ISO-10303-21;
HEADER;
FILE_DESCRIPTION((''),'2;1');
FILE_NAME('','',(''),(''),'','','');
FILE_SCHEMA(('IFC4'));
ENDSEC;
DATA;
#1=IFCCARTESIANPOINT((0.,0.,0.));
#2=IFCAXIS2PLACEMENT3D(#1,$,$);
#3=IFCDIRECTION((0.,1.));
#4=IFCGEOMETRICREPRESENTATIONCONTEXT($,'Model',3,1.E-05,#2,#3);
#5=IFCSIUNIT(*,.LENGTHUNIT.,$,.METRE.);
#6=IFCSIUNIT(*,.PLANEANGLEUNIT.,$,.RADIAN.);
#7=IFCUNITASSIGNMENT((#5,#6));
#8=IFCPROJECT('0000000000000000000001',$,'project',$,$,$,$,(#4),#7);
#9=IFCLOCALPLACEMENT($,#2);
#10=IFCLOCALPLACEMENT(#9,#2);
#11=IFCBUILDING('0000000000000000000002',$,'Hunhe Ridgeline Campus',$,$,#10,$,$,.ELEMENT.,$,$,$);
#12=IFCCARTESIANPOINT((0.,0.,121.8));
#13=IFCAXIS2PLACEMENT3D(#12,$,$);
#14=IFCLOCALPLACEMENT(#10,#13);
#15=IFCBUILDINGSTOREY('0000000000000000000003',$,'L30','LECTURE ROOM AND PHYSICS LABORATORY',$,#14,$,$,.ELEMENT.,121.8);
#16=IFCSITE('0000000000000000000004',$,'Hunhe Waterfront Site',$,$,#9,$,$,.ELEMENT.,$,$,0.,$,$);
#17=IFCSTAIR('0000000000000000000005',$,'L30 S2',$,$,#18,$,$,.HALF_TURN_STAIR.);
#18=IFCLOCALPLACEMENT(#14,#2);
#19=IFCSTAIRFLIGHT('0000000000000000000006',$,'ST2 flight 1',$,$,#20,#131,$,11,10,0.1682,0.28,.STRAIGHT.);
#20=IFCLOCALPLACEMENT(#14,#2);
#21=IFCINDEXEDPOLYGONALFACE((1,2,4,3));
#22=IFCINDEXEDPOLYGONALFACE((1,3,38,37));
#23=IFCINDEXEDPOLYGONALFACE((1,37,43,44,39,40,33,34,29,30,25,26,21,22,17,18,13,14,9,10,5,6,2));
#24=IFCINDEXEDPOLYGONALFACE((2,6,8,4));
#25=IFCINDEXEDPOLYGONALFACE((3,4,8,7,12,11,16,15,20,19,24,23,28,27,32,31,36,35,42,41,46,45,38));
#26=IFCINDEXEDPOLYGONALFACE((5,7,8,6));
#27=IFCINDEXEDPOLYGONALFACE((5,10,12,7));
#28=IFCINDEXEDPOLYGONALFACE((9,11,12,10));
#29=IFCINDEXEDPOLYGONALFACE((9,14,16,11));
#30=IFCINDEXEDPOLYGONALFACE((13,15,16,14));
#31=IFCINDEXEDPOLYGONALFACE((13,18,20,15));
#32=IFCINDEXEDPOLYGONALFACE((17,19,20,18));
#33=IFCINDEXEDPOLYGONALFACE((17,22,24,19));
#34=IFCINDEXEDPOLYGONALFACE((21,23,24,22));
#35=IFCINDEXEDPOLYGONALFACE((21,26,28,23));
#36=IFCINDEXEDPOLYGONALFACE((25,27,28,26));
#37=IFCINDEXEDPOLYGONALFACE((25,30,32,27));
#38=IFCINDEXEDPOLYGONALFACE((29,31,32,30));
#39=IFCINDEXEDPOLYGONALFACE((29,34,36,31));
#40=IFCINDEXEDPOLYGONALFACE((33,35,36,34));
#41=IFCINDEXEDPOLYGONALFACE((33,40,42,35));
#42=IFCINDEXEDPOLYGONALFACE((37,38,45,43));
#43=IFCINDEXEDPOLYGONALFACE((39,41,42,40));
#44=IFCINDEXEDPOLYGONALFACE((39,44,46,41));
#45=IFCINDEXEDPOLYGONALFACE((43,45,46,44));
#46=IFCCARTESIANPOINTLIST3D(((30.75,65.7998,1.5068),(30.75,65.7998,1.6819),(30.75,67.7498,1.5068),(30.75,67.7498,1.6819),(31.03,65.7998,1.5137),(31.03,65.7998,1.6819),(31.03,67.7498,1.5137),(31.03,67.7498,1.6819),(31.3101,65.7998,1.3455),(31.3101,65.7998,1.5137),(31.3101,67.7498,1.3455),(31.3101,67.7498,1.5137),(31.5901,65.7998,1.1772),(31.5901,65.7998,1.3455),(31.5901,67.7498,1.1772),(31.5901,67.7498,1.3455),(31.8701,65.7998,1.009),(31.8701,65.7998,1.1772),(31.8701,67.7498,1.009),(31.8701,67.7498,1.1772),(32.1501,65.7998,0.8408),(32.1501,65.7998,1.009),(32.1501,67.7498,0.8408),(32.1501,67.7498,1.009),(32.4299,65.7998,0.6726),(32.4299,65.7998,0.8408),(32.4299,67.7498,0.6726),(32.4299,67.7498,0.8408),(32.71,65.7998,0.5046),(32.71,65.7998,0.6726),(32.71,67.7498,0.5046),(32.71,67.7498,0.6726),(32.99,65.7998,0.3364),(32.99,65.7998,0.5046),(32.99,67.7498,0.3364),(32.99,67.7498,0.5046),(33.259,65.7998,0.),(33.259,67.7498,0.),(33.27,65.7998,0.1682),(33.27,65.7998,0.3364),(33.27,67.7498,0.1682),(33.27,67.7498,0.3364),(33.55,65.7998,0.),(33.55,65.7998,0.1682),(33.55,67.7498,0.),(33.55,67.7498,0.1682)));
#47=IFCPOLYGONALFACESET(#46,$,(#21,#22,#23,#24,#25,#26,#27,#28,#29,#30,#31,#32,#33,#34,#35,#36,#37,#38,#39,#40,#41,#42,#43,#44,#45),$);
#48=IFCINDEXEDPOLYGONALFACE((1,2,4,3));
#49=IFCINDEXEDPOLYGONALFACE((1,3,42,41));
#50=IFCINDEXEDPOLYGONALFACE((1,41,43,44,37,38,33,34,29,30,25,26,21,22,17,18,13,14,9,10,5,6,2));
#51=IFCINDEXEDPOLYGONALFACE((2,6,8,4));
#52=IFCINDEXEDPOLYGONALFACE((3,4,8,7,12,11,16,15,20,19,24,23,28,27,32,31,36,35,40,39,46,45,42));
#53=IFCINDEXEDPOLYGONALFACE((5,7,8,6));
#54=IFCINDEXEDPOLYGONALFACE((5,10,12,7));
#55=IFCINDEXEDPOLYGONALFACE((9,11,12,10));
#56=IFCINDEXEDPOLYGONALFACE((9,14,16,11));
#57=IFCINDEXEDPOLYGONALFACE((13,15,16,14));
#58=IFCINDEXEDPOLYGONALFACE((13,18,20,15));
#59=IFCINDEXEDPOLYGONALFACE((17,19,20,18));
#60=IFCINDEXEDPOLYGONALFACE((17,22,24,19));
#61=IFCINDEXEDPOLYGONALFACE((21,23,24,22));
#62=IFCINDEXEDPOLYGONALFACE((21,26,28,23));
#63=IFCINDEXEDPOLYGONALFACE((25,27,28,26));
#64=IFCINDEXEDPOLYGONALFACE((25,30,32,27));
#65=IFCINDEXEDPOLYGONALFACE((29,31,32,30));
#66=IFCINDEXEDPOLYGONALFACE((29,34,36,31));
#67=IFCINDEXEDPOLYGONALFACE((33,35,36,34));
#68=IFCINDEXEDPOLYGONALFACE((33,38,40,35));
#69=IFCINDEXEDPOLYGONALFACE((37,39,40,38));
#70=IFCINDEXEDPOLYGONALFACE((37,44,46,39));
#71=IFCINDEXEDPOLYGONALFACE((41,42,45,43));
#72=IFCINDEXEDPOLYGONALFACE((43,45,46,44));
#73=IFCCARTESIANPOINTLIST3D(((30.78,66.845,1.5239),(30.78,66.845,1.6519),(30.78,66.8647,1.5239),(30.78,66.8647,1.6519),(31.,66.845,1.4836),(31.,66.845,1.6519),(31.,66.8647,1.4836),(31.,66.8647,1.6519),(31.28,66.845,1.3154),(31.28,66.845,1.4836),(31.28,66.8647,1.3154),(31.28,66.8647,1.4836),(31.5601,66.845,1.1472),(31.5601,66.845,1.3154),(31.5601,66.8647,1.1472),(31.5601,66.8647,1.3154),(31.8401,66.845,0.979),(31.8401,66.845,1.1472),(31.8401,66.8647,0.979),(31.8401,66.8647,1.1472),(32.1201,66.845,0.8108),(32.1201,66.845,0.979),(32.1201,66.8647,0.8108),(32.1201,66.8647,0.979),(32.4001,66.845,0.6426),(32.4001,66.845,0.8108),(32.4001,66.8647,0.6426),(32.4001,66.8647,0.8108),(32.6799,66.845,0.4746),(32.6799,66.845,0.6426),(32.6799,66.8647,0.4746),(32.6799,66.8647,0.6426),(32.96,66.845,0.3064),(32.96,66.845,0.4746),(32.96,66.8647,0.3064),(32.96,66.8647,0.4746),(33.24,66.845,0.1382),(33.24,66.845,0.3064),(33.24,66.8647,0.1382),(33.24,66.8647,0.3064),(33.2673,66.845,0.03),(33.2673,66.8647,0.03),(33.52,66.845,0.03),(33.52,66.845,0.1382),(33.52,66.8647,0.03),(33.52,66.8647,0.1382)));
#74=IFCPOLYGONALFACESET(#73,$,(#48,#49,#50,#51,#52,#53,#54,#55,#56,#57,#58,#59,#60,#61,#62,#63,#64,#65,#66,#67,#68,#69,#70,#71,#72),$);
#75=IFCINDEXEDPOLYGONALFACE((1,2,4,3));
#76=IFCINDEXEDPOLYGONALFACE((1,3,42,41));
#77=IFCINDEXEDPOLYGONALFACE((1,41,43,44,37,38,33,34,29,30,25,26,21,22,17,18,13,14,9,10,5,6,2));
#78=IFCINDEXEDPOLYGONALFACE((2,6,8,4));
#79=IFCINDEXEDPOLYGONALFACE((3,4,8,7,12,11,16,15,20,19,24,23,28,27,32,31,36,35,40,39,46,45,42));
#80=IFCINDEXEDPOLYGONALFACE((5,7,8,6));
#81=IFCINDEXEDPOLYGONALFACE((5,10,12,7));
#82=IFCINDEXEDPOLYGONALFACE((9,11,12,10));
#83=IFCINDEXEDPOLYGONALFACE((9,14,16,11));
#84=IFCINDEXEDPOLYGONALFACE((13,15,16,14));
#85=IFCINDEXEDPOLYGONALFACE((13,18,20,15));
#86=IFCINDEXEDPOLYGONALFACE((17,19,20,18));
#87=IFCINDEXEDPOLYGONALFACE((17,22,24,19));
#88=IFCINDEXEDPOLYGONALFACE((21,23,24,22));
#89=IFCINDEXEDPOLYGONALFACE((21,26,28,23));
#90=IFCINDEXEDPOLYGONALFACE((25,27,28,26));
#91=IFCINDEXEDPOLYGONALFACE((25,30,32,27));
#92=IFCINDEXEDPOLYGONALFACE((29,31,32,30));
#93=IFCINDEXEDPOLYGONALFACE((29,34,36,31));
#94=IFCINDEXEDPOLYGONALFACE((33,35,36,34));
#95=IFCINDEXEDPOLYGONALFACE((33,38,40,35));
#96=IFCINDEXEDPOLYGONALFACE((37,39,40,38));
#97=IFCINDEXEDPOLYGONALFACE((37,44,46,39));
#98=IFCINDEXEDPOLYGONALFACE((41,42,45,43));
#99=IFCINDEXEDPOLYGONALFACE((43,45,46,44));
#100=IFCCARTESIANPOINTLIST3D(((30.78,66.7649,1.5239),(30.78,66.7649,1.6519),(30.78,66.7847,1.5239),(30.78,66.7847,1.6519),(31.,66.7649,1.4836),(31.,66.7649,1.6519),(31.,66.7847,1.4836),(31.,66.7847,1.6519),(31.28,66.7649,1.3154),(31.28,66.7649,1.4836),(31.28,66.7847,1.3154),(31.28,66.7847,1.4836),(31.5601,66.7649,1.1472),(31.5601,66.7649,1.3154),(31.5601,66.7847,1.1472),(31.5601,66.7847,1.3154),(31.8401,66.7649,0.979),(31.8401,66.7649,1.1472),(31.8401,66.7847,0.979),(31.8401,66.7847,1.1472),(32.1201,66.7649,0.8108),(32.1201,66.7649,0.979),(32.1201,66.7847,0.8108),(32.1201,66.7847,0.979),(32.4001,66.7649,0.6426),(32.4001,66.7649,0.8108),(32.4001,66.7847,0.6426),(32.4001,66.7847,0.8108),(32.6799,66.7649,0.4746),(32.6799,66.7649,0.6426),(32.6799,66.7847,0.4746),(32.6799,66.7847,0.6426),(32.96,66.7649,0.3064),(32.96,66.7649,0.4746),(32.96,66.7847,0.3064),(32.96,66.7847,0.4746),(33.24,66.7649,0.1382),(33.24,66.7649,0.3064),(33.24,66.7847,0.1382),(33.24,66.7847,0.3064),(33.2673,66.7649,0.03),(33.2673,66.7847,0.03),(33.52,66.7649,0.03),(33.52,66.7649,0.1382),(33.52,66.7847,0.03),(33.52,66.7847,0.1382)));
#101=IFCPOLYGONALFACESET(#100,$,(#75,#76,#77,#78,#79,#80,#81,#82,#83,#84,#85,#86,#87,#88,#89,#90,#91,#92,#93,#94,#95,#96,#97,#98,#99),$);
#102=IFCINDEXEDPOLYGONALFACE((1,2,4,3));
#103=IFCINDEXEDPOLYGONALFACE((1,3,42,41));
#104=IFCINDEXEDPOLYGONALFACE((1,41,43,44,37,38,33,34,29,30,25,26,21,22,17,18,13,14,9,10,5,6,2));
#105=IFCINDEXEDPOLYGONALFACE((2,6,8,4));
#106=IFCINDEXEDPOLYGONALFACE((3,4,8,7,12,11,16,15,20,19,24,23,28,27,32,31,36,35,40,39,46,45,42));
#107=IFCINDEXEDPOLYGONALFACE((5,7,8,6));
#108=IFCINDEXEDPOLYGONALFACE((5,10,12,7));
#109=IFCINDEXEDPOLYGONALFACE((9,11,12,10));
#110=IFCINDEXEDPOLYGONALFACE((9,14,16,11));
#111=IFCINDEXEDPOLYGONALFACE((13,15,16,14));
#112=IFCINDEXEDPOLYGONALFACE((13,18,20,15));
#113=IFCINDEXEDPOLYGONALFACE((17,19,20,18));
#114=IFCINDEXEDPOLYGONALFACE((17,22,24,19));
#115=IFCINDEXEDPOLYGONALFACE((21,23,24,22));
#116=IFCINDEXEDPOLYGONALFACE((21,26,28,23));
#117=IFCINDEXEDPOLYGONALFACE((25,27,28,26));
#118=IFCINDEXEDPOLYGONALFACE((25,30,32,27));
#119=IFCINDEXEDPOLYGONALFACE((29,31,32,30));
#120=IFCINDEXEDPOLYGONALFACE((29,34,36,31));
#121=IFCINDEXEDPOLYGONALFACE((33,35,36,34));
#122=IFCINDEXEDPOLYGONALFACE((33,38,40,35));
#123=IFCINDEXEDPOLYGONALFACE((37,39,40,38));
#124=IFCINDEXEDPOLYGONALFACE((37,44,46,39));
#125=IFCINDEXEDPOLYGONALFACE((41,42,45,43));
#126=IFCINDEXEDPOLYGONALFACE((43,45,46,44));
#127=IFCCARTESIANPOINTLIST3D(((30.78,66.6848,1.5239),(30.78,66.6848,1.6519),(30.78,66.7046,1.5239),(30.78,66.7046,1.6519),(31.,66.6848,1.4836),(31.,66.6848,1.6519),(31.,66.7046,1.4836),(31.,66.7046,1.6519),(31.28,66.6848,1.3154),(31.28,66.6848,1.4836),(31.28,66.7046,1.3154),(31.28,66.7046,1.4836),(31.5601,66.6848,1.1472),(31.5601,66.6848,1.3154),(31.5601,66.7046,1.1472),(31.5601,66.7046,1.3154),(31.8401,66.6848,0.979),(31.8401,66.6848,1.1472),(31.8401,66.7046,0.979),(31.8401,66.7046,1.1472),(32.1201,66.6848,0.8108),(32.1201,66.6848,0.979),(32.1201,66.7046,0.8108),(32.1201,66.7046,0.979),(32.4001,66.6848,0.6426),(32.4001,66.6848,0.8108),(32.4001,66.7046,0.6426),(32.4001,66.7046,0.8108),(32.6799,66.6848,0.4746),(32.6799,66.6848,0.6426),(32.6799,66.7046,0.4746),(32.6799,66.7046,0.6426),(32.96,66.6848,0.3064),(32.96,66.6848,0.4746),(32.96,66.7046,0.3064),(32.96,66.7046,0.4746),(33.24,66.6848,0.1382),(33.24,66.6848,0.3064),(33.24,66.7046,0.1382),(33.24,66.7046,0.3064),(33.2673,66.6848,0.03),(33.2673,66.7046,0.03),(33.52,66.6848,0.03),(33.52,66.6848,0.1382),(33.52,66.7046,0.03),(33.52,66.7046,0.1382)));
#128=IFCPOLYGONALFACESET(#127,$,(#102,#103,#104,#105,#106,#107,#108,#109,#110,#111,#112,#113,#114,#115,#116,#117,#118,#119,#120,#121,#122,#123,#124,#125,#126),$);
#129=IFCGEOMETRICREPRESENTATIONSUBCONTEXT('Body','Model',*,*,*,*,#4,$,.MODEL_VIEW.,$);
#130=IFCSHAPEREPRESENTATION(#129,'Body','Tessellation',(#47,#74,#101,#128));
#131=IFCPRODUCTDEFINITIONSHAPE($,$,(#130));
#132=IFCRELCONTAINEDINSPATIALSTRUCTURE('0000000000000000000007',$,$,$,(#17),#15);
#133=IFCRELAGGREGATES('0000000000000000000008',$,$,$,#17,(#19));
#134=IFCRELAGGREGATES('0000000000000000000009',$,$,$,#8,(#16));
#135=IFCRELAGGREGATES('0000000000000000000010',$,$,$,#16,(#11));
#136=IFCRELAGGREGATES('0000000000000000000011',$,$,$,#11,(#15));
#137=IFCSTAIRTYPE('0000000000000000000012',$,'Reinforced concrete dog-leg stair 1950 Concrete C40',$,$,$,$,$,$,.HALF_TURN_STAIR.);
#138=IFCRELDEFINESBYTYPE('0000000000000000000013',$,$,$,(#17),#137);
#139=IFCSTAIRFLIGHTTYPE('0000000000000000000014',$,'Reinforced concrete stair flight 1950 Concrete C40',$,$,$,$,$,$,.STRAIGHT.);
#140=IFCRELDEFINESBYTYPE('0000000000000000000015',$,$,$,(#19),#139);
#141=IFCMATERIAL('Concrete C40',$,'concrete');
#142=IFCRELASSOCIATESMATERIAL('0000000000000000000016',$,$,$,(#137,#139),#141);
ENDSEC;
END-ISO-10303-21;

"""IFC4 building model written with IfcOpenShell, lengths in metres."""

from ifc_helpers import new_model, si_unit, direction, frame, origin, place, context, subcontext, project, spatial, polyline, outline, extrude, material, type_object, element, aggregate, save


model = new_model("IFC4")

# Units and contexts
model_context = context("Model", 3, precision=1e-05, world=origin(), true_north=direction((0.0, 1.0)))
body_context = subcontext(model_context, "Body", "Model", "MODEL_VIEW")
ifc_project = project(units=[si_unit("LENGTHUNIT", "METRE"), si_unit("PLANEANGLEUNIT", "RADIAN")], contexts=[model_context])

# Site, building, storey
site_placement = place(None, origin())
site = spatial("IfcSite", under=ifc_project, at=site_placement, Name="Hunhe Waterfront Site", CompositionType="ELEMENT", RefElevation=0.0)
building_placement = place(site_placement, origin())
building = spatial("IfcBuilding", under=site, at=building_placement, Name="Hunhe Ridgeline Campus", CompositionType="ELEMENT")
storey_placement = place(building_placement, frame((0.0, 0.0, 121.8)))
storey = spatial("IfcBuildingStorey", under=building, at=storey_placement, Name="L30", Description="LECTURE ROOM AND PHYSICS LABORATORY", CompositionType="ELEMENT", Elevation=121.8)

# Stair, stair flight
ifc_material_1 = material(Name="Concrete C40", Category="concrete")
stair_type = type_object("IfcStairType", Name="Reinforced concrete dog-leg stair 1950 Concrete C40", PredefinedType="HALF_TURN_STAIR", material=ifc_material_1)
stair_placement = place(storey_placement, origin())
stair = element("IfcStair", 1, at=stair_placement, inside=storey, type_object=stair_type, Name="L30 S2", PredefinedType="HALF_TURN_STAIR")
stair_flight_type = type_object("IfcStairFlightType", Name="Reinforced concrete stair flight 1950 Concrete C40", PredefinedType="STRAIGHT", material=ifc_material_1)
stair_flight_1_placement = place(storey_placement, frame((33.55, 66.7749, 0.0), z_axis=(0.0, 0.0, 1.0), x_axis=(-1.0, 0.0, 0.0)))
stair_flight_1 = element("IfcStairFlight", 2, at=stair_flight_1_placement, type_object=stair_flight_type, Name="ST2 flight 1", NumberOfRisers=11, NumberOfTreads=10, PredefinedType="STRAIGHT", RiserHeight=0.1682, TreadLength=0.28, context=body_context, shape_type="SweptSolid", body=[
    extrude(outline(polyline([(0.0, 0.0), (0.0, 0.1682), (0.28, 0.1682), (0.28, 0.3364), (0.5601, 0.3364), (0.5601, 0.5046), (0.8401, 0.5046), (0.8401, 0.6726), (1.1201, 0.6726), (1.1201, 0.8408), (1.3999, 0.8408), (1.3999, 1.009), (1.6799, 1.009), (1.6799, 1.1772), (1.96, 1.1772), (1.96, 1.3455), (2.24, 1.3455), (2.24, 1.5137), (2.52, 1.5137), (2.52, 1.6819), (2.8, 1.6819), (2.8, 1.8501), (2.8, 1.5068), (0.291, 0.0), (0.0, 0.0)])), frame((0.0, 0.9751, 0.0), z_axis=(0.0, -1.0, 0.0), x_axis=(1.0, 0.0, 0.0)), (0.0, 0.0, 1.0), 1.95),
    extrude(outline(polyline([(0.03, 0.03), (0.03, 0.1382), (0.3101, 0.1382), (0.3101, 0.3064), (0.5901, 0.3064), (0.5901, 0.4746), (0.8701, 0.4746), (0.8701, 0.6426), (1.1499, 0.6426), (1.1499, 0.8108), (1.4299, 0.8108), (1.4299, 0.979), (1.71, 0.979), (1.71, 1.1472), (1.99, 1.1472), (1.99, 1.3154), (2.27, 1.3154), (2.27, 1.4836), (2.55, 1.4836), (2.55, 1.6519), (2.77, 1.6519), (2.77, 1.5239), (0.2827, 0.03), (0.03, 0.03)])), frame((0.0, -0.0701, 0.0), z_axis=(0.0, -1.0, 0.0), x_axis=(1.0, 0.0, 0.0)), (0.0, 0.0, 1.0), 0.0198),
    extrude(outline(polyline([(0.03, 0.03), (0.03, 0.1382), (0.3101, 0.1382), (0.3101, 0.3064), (0.5901, 0.3064), (0.5901, 0.4746), (0.8701, 0.4746), (0.8701, 0.6426), (1.1499, 0.6426), (1.1499, 0.8108), (1.4299, 0.8108), (1.4299, 0.979), (1.71, 0.979), (1.71, 1.1472), (1.99, 1.1472), (1.99, 1.3154), (2.27, 1.3154), (2.27, 1.4836), (2.55, 1.4836), (2.55, 1.6519), (2.77, 1.6519), (2.77, 1.5239), (0.2827, 0.03), (0.03, 0.03)])), frame((0.0, 0.01, 0.0), z_axis=(0.0, -1.0, 0.0), x_axis=(1.0, 0.0, 0.0)), (0.0, 0.0, 1.0), 0.0198),
    extrude(outline(polyline([(0.03, 0.03), (0.03, 0.1382), (0.3101, 0.1382), (0.3101, 0.3064), (0.5901, 0.3064), (0.5901, 0.4746), (0.8701, 0.4746), (0.8701, 0.6426), (1.1499, 0.6426), (1.1499, 0.8108), (1.4299, 0.8108), (1.4299, 0.979), (1.71, 0.979), (1.71, 1.1472), (1.99, 1.1472), (1.99, 1.3154), (2.27, 1.3154), (2.27, 1.4836), (2.55, 1.4836), (2.55, 1.6519), (2.77, 1.6519), (2.77, 1.5239), (0.2827, 0.03), (0.03, 0.03)])), frame((0.0, 0.0901, 0.0), z_axis=(0.0, -1.0, 0.0), x_axis=(1.0, 0.0, 0.0)), (0.0, 0.0, 1.0), 0.0198),
])
aggregate(stair, [stair_flight_1])

save(model, "model.ifc")
